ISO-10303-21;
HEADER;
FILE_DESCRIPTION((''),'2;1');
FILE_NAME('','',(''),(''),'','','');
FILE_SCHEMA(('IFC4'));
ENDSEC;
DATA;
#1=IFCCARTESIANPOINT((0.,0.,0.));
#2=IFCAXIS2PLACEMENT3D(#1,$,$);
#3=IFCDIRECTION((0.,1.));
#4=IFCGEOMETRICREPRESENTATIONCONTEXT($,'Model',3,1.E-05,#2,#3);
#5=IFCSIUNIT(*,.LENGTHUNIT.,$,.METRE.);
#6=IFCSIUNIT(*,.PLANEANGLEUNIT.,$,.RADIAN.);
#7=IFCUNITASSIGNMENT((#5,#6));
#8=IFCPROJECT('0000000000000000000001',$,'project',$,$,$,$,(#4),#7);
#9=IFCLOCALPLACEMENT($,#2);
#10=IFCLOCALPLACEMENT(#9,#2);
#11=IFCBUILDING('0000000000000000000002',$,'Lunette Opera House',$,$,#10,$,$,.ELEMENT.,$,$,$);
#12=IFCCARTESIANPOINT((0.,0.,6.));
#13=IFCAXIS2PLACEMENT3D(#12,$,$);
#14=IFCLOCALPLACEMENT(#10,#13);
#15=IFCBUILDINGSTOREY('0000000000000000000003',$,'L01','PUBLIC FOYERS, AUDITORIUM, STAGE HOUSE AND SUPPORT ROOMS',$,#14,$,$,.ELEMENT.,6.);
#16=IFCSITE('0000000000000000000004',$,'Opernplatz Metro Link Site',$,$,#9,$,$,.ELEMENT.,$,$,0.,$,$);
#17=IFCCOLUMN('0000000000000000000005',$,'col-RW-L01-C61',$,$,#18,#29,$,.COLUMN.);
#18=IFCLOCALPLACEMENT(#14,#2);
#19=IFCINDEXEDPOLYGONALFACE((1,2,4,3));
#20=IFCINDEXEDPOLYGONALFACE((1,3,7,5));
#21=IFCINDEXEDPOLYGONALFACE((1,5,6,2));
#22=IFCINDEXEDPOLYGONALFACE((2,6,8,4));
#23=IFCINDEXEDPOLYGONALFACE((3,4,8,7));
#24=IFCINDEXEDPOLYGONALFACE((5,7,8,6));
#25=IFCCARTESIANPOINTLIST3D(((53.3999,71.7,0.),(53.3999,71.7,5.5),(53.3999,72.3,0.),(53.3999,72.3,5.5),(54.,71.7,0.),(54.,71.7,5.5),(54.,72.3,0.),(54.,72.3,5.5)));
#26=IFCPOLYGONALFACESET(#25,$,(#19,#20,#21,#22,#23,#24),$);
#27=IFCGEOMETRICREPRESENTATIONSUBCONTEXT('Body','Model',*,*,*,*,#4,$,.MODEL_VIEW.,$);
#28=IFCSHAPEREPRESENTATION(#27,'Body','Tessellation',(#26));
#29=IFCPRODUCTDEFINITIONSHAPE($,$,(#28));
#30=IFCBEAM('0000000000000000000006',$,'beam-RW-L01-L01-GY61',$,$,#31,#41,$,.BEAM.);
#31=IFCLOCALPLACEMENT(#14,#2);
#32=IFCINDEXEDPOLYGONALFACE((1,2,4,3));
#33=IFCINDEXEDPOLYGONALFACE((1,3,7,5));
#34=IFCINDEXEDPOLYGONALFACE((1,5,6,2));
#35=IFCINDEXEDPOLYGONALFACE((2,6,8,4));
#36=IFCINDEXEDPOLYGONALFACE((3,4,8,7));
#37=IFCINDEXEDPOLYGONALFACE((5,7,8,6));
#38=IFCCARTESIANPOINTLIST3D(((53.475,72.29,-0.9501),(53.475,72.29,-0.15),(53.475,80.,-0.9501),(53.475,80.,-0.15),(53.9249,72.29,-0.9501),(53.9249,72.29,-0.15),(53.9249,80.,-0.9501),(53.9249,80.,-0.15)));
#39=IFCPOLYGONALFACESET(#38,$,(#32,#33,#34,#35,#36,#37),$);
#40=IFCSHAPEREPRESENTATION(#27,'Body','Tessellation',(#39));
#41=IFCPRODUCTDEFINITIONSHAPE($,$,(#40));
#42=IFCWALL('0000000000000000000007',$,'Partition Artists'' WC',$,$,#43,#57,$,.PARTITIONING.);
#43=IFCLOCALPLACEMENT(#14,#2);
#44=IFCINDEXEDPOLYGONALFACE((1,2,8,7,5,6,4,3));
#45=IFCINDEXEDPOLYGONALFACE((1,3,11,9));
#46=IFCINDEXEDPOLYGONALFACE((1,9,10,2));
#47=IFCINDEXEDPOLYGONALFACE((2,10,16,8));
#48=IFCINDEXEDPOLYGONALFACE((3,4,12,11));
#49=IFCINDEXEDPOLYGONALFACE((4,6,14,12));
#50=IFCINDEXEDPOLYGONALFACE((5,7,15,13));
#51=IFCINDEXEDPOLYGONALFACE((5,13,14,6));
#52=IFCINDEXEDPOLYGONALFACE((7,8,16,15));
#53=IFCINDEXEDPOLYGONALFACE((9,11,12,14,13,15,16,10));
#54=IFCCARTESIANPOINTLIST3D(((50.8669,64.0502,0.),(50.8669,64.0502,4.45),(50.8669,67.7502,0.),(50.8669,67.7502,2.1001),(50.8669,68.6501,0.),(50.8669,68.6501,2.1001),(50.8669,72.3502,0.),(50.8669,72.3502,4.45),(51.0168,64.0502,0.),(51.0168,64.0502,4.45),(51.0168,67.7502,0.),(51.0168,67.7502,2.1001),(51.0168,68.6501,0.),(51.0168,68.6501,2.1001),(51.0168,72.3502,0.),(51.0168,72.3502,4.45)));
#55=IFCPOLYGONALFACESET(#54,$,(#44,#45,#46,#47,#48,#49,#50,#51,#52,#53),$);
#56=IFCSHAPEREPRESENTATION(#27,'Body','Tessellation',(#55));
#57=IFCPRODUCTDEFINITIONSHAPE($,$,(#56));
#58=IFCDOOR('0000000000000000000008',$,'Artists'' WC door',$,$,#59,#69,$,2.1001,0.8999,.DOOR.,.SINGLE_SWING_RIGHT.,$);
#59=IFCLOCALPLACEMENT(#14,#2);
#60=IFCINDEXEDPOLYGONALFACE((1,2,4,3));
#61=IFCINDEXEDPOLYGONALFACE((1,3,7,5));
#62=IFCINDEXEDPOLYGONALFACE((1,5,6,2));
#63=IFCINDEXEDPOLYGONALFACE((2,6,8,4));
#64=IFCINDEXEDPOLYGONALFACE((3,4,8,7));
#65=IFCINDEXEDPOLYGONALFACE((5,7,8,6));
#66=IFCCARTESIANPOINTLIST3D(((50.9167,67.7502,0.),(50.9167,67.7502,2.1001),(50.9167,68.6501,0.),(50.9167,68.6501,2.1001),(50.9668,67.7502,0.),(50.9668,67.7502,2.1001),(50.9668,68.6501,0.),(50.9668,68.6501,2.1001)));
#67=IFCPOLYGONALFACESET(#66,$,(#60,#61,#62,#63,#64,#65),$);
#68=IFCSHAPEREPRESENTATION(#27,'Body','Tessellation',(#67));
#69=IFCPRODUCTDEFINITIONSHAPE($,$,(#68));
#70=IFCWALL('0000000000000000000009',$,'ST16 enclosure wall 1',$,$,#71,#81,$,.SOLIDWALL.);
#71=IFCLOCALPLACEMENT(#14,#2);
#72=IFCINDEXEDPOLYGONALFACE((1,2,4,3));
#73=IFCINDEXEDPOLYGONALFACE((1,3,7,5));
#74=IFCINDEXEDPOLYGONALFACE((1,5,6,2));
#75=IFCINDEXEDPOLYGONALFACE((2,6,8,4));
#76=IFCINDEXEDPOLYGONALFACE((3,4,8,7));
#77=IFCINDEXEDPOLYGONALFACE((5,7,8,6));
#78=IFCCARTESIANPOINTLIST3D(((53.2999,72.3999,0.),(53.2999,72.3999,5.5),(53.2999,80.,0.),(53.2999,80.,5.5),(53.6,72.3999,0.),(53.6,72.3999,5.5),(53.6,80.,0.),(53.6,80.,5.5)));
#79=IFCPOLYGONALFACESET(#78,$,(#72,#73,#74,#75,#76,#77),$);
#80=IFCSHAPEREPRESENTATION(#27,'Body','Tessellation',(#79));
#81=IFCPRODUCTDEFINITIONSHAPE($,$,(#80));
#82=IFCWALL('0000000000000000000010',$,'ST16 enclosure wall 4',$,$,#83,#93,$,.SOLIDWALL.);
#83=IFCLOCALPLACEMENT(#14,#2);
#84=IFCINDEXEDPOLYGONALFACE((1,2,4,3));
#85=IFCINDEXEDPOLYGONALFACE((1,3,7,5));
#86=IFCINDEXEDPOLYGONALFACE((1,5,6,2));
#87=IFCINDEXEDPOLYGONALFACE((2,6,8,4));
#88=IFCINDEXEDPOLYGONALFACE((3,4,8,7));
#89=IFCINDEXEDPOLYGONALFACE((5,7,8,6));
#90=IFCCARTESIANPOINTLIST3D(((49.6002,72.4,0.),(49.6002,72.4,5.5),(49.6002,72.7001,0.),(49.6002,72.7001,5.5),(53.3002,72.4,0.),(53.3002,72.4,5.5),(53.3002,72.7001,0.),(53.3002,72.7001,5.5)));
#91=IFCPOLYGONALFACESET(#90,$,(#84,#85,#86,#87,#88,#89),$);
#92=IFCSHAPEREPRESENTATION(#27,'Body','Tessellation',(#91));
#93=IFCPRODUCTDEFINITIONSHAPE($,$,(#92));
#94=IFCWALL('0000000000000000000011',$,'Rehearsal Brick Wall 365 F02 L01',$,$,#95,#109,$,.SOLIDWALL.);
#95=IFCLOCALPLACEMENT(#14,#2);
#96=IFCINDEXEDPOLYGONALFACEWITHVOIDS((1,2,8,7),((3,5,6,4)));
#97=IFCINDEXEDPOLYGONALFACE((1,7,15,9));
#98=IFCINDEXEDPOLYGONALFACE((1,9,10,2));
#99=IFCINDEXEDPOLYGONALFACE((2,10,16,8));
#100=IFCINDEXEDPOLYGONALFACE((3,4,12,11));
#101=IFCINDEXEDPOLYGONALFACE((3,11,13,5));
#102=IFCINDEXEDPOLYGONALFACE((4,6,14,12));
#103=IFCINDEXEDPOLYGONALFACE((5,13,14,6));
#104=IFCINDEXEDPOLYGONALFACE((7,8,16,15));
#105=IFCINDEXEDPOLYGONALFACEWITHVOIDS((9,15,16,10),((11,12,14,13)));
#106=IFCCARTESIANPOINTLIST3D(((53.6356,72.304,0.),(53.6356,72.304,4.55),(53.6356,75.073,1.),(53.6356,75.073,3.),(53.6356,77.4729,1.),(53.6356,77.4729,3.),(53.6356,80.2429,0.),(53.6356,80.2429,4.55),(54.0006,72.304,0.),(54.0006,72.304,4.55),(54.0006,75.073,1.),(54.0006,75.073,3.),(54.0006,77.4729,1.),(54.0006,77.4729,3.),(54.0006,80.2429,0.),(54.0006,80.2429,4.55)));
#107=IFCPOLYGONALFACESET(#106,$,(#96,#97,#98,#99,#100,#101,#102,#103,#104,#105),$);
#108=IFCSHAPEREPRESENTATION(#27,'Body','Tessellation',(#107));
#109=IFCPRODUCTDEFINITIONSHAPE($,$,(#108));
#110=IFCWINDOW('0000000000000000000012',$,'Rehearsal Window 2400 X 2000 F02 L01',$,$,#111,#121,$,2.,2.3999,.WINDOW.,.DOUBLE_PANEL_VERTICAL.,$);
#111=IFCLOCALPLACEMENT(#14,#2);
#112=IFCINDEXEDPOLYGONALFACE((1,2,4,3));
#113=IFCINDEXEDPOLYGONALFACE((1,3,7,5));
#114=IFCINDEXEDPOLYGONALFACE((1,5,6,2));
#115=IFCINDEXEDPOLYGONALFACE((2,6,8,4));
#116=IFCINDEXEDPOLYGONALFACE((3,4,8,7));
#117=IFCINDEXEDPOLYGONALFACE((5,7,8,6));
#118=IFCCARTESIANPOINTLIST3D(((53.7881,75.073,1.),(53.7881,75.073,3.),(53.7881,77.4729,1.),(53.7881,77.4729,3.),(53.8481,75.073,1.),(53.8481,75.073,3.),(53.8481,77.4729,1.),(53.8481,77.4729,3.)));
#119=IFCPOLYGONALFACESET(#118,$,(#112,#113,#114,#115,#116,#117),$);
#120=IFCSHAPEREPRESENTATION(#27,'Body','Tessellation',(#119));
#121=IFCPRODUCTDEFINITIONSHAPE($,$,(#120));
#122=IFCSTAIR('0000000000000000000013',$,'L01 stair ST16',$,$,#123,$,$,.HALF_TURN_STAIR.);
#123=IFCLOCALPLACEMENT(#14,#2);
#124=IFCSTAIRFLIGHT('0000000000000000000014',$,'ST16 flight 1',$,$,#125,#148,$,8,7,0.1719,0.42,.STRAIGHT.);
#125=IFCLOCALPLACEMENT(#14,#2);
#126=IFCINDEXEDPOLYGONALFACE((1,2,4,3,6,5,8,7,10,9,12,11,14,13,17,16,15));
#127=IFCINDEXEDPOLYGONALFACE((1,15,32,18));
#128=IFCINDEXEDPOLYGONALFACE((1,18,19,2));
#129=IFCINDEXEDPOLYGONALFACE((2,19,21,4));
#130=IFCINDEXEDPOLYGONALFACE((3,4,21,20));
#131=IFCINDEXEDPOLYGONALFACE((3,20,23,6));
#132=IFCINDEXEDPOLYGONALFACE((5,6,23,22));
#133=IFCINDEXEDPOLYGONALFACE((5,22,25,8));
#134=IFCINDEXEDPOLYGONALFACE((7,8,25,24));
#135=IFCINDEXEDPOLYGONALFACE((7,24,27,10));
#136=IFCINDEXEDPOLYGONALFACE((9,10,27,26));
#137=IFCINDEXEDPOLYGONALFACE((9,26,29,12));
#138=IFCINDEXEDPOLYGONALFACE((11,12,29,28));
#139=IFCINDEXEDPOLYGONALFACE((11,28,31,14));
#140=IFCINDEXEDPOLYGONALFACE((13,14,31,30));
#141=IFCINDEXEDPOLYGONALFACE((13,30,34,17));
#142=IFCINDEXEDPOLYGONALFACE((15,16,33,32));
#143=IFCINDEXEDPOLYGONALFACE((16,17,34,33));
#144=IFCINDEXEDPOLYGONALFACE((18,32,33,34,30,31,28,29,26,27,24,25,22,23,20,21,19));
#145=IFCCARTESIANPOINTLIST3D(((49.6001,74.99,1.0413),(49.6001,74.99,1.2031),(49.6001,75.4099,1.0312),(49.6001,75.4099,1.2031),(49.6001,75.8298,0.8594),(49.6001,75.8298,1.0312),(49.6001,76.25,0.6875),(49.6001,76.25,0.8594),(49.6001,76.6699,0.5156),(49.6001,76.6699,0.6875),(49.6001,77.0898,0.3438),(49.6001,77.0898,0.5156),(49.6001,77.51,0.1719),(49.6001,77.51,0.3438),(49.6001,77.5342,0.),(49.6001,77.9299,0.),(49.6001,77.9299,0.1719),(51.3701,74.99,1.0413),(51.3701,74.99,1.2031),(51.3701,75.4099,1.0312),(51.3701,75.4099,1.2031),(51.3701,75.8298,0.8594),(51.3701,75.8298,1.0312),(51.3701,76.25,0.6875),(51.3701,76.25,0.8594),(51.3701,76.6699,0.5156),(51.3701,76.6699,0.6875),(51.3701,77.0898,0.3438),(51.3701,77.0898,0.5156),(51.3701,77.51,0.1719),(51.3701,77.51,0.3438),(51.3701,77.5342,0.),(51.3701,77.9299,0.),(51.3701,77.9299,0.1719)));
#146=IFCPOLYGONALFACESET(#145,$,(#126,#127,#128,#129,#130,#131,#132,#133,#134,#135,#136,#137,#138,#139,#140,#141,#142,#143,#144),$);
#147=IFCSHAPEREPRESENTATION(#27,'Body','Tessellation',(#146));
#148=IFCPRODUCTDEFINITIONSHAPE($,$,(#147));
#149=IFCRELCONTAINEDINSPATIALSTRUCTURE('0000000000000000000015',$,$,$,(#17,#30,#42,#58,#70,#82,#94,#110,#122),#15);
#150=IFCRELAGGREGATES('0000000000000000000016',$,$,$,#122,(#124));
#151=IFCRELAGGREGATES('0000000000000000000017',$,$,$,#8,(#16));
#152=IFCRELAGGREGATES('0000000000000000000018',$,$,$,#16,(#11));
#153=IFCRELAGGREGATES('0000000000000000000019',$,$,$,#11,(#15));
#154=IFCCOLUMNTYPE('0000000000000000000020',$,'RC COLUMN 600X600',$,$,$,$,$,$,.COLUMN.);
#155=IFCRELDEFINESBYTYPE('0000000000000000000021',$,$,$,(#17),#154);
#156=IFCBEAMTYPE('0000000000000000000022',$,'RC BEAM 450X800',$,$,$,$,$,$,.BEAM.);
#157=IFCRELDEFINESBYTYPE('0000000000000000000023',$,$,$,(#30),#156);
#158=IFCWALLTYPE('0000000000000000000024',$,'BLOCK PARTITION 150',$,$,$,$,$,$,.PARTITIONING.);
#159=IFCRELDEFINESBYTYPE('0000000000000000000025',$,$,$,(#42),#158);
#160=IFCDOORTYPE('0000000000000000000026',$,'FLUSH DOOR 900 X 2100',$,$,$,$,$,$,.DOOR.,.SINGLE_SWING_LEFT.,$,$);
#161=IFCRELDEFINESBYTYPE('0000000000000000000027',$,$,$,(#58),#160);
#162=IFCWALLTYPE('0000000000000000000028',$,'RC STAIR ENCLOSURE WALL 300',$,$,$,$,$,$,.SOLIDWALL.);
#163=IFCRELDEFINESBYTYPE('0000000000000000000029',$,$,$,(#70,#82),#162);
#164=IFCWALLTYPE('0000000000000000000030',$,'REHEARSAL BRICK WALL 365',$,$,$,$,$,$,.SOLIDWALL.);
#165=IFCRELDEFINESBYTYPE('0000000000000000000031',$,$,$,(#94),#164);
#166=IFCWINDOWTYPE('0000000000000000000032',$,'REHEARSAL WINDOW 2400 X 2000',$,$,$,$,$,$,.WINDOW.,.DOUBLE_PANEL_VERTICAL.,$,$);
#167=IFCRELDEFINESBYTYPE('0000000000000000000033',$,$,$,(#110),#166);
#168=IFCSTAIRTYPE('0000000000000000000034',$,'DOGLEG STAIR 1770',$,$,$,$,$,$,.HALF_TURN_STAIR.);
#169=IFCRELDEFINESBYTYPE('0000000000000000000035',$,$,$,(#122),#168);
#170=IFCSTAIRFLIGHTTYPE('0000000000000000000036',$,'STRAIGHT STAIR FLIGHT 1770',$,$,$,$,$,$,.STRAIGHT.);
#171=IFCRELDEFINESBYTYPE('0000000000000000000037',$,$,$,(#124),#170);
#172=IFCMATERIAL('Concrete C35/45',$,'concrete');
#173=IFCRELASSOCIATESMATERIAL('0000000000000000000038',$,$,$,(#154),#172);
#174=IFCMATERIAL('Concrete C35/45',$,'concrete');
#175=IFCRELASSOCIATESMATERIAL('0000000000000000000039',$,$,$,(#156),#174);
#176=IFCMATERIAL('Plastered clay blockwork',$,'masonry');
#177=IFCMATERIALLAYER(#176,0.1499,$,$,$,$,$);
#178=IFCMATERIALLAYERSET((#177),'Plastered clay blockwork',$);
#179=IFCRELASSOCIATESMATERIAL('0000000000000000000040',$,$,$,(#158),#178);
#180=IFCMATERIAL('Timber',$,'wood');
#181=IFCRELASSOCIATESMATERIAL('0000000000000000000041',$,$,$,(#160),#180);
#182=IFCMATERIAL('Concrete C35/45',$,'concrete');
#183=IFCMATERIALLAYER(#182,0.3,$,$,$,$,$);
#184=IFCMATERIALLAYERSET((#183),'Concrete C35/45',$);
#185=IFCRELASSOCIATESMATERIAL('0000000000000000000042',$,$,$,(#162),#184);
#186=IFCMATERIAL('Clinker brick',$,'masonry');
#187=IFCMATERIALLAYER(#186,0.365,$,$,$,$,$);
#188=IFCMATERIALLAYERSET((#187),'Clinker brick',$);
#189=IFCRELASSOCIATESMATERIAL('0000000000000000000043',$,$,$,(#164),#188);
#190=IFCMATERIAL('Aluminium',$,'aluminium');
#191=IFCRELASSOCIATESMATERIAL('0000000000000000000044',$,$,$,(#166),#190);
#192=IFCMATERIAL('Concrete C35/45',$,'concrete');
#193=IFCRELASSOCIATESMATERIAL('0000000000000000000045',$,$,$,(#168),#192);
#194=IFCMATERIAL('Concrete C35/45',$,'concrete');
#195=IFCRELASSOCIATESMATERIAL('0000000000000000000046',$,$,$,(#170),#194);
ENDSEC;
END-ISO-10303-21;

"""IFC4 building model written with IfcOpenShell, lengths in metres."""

from ifc_helpers import new_model, si_unit, direction, frame, frame_2d, origin, origin_2d, place, context, subcontext, project, spatial, polyline, rectangle, outline, extrude, material, layer, layer_set, material_profile, profile_set, type_object, element, fill, aggregate, save


model = new_model("IFC4")

# Units and contexts
model_context = context("Model", 3, precision=1e-05, world=origin(), true_north=direction((0.0, 1.0)))
body_context = subcontext(model_context, "Body", "Model", "MODEL_VIEW")
ifc_project = project(units=[si_unit("LENGTHUNIT", "METRE"), si_unit("PLANEANGLEUNIT", "RADIAN")], contexts=[model_context])

# Site, building, storey
site_placement = place(None, origin())
site = spatial("IfcSite", under=ifc_project, at=site_placement, Name="Opernplatz Metro Link Site", CompositionType="ELEMENT", RefElevation=0.0)
building_placement = place(site_placement, origin())
building = spatial("IfcBuilding", under=site, at=building_placement, Name="Lunette Opera House", CompositionType="ELEMENT")
storey_placement = place(building_placement, frame((0.0, 0.0, 6.0)))
storey = spatial("IfcBuildingStorey", under=building, at=storey_placement, Name="L01", Description="PUBLIC FOYERS, AUDITORIUM, STAGE HOUSE AND SUPPORT ROOMS", CompositionType="ELEMENT", Elevation=6.0)

# Column
ifc_material_1 = material(Name="Concrete C35/45", Category="concrete")
ifc_material_profile_1 = material_profile(ifc_material_1, rectangle(XDim=0.6001, YDim=0.6001, at=origin_2d()), Name="RC COLUMN 600X600")
ifc_profile_set_1 = profile_set([ifc_material_profile_1], Name="Concrete C35/45")
column_type = type_object("IfcColumnType", Name="RC COLUMN 600X600", PredefinedType="COLUMN", material=ifc_profile_set_1)
column_placement = place(storey_placement, frame((53.7, 72.0, 0.0), z_axis=(0.0, 0.0, 1.0), x_axis=(1.0, 0.0, 0.0)))
element("IfcColumn", 1, at=column_placement, inside=storey, type_object=column_type, Name="col-RW-L01-C61", PredefinedType="COLUMN", context=body_context, shape_type="SweptSolid", body=[
    extrude(rectangle(XDim=0.6001, YDim=0.6001, at=origin_2d()), origin(), (0.0, 0.0, 1.0), 5.5),
])

# Beam
ifc_material_2 = material(Name="Concrete C35/45", Category="concrete")
ifc_material_profile_2 = material_profile(ifc_material_2, rectangle(XDim=0.45, YDim=0.8, at=origin_2d()), Name="RC BEAM 450X800")
ifc_profile_set_2 = profile_set([ifc_material_profile_2], Name="Concrete C35/45")
beam_type = type_object("IfcBeamType", Name="RC BEAM 450X800", PredefinedType="BEAM", material=ifc_profile_set_2)
beam_placement = place(storey_placement, frame((53.7, 72.29, -0.55), z_axis=(0.0, 1.0, 0.0), x_axis=(-1.0, 0.0, 0.0)))
element("IfcBeam", 2, at=beam_placement, inside=storey, type_object=beam_type, Name="beam-RW-L01-L01-GY61", PredefinedType="BEAM", context=body_context, shape_type="SweptSolid", body=[
    extrude(rectangle(XDim=0.45, YDim=0.8, at=origin_2d()), origin(), (0.0, 0.0, 1.0), 7.71),
])

# Wall, opening, door
ifc_material_3 = material(Name="Plastered clay blockwork", Category="masonry")
ifc_layer_1 = layer(ifc_material_3, 0.1499)
ifc_layer_set_1 = layer_set([ifc_layer_1], Name="Plastered clay blockwork")
wall_type_1 = type_object("IfcWallType", Name="BLOCK PARTITION 150", PredefinedType="PARTITIONING", material=ifc_layer_set_1)
wall_1_placement = place(storey_placement, frame((50.9419, 72.3501, 0.0), z_axis=(0.0, 0.0, 1.0), x_axis=(0.0, -1.0, 0.0)))
wall_1 = element("IfcWall", 3, at=wall_1_placement, inside=storey, type_object=wall_type_1, Name="Partition Artists' WC", PredefinedType="PARTITIONING", context=body_context, shape_type="SweptSolid", body=[
    extrude(rectangle(XDim=8.3, YDim=0.1499, at=frame_2d((4.1499, 0.0))), origin(), (0.0, 0.0, 1.0), 4.45),
])
opening_1_placement = place(wall_1_placement, frame((3.7, 0.0, 0.0)))
opening_1 = element("IfcOpeningElement", 4, at=opening_1_placement, cuts=wall_1, PredefinedType="OPENING", context=body_context, shape_type="SweptSolid", body=[
    extrude(rectangle(XDim=0.8999, YDim=2.1001, at=frame_2d((0.45, 1.05))), frame((0.0, 0.0869, 0.0), z_axis=(0.0, -1.0, 0.0), x_axis=(1.0, 0.0, 0.0)), (0.0, 0.0, 1.0), 0.1738),
])
ifc_material_4 = material(Name="Timber", Category="wood")
door_type = type_object("IfcDoorType", Name="FLUSH DOOR 900 X 2100", OperationType="SINGLE_SWING_LEFT", PredefinedType="DOOR", material=ifc_material_4)
door_placement = place(opening_1_placement, origin())
door = element("IfcDoor", 5, at=door_placement, inside=storey, type_object=door_type, Name="Artists' WC door", OperationType="SINGLE_SWING_RIGHT", OverallHeight=2.1001, OverallWidth=0.8999, PredefinedType="DOOR", context=body_context, shape_type="SweptSolid", body=[
    extrude(rectangle(XDim=0.8999, YDim=2.1001, at=frame_2d((0.45, 1.05))), frame((0.0, 0.0249, 0.0), z_axis=(0.0, -1.0, 0.0), x_axis=(1.0, 0.0, 0.0)), (0.0, 0.0, 1.0), 0.05),
])
fill(opening_1, door)

# Walls
ifc_material_5 = material(Name="Concrete C35/45", Category="concrete")
ifc_layer_2 = layer(ifc_material_5, 0.3)
ifc_layer_set_2 = layer_set([ifc_layer_2], Name="Concrete C35/45")
wall_type_2 = type_object("IfcWallType", Name="RC STAIR ENCLOSURE WALL 300", PredefinedType="SOLIDWALL", material=ifc_layer_set_2)
wall_2_placement = place(storey_placement, frame((53.45, 72.3999, 0.0), z_axis=(0.0, 0.0, 1.0), x_axis=(0.0, 1.0, 0.0)))
element("IfcWall", 6, at=wall_2_placement, inside=storey, type_object=wall_type_2, Name="ST16 enclosure wall 1", PredefinedType="SOLIDWALL", context=body_context, shape_type="SweptSolid", body=[
    extrude(rectangle(XDim=7.6001, YDim=0.3, at=frame_2d((3.8, 0.0))), origin(), (0.0, 0.0, 1.0), 5.5),
])
wall_3_placement = place(storey_placement, frame((49.6001, 72.55, 0.0), z_axis=(0.0, 0.0, 1.0), x_axis=(1.0, 0.0, 0.0)))
element("IfcWall", 7, at=wall_3_placement, inside=storey, type_object=wall_type_2, Name="ST16 enclosure wall 4", PredefinedType="SOLIDWALL", context=body_context, shape_type="SweptSolid", body=[
    extrude(rectangle(XDim=3.7, YDim=0.3, at=frame_2d((1.8501, 0.0))), origin(), (0.0, 0.0, 1.0), 5.5),
])

# Wall, opening, window
ifc_material_6 = material(Name="Clinker brick", Category="masonry")
ifc_layer_3 = layer(ifc_material_6, 0.365)
ifc_layer_set_3 = layer_set([ifc_layer_3], Name="Clinker brick")
wall_type_3 = type_object("IfcWallType", Name="REHEARSAL BRICK WALL 365", PredefinedType="SOLIDWALL", material=ifc_layer_set_3)
wall_4_placement = place(storey_placement, frame((53.8181, 72.304, 0.0), z_axis=(0.0, 0.0, 1.0), x_axis=(0.0, 1.0, 0.0)))
wall_4 = element("IfcWall", 8, at=wall_4_placement, inside=storey, type_object=wall_type_3, Name="Rehearsal Brick Wall 365 F02 L01", PredefinedType="SOLIDWALL", context=body_context, shape_type="SweptSolid", body=[
    extrude(rectangle(XDim=7.939, YDim=0.365, at=frame_2d((3.9695, 0.0))), origin(), (0.0, 0.0, 1.0), 4.55),
])
opening_2_placement = place(wall_4_placement, frame((2.769, 0.0, 1.0)))
opening_2 = element("IfcOpeningElement", 9, at=opening_2_placement, cuts=wall_4, PredefinedType="OPENING", context=body_context, shape_type="SweptSolid", body=[
    extrude(rectangle(XDim=2.3999, YDim=2.0, at=frame_2d((1.2, 1.0))), frame((0.0, 0.1946, 0.0), z_axis=(0.0, -1.0, 0.0), x_axis=(1.0, 0.0, 0.0)), (0.0, 0.0, 1.0), 0.3889),
])
ifc_material_7 = material(Name="Aluminium", Category="aluminium")
window_type = type_object("IfcWindowType", Name="REHEARSAL WINDOW 2400 X 2000", PartitioningType="DOUBLE_PANEL_VERTICAL", PredefinedType="WINDOW", material=ifc_material_7)
window_placement = place(opening_2_placement, origin())
window = element("IfcWindow", 10, at=window_placement, inside=storey, type_object=window_type, Name="Rehearsal Window 2400 X 2000 F02 L01", OverallHeight=2.0, OverallWidth=2.3999, PartitioningType="DOUBLE_PANEL_VERTICAL", PredefinedType="WINDOW", context=body_context, shape_type="SweptSolid", body=[
    extrude(rectangle(XDim=2.3999, YDim=2.0, at=frame_2d((1.2, 1.0))), frame((0.0, 0.03, 0.0), z_axis=(0.0, -1.0, 0.0), x_axis=(1.0, 0.0, 0.0)), (0.0, 0.0, 1.0), 0.0601),
])
fill(opening_2, window)

# Stair, stair flight
ifc_material_8 = material(Name="Concrete C35/45", Category="concrete")
stair_type = type_object("IfcStairType", Name="DOGLEG STAIR 1770", PredefinedType="HALF_TURN_STAIR", material=ifc_material_8)
stair_placement = place(storey_placement, origin())
stair = element("IfcStair", 11, at=stair_placement, inside=storey, type_object=stair_type, Name="L01 stair ST16", PredefinedType="HALF_TURN_STAIR")
ifc_material_9 = material(Name="Concrete C35/45", Category="concrete")
stair_flight_type = type_object("IfcStairFlightType", Name="STRAIGHT STAIR FLIGHT 1770", PredefinedType="STRAIGHT", material=ifc_material_9)
stair_flight_1_placement = place(storey_placement, frame((50.4851, 77.9299, 0.0), z_axis=(0.0, 0.0, 1.0), x_axis=(0.0, -1.0, 0.0)))
stair_flight_1 = element("IfcStairFlight", 12, at=stair_flight_1_placement, type_object=stair_flight_type, Name="ST16 flight 1", NumberOfRisers=8, NumberOfTreads=7, PredefinedType="STRAIGHT", RiserHeight=0.1719, TreadLength=0.42, context=body_context, shape_type="SweptSolid", body=[
    extrude(outline(polyline([(0.0, 0.0), (0.0, 0.1719), (0.4199, 0.1719), (0.4199, 0.3438), (0.8401, 0.3438), (0.8401, 0.5156), (1.26, 0.5156), (1.26, 0.6875), (1.6799, 0.6875), (1.6799, 0.8594), (2.1001, 0.8594), (2.1001, 1.0312), (2.52, 1.0312), (2.52, 1.2031), (2.9399, 1.2031), (2.9399, 1.375), (2.9399, 1.0413), (0.3958, 0.0), (0.0, 0.0)])), frame((0.0, 0.885, 0.0), z_axis=(0.0, -1.0, 0.0), x_axis=(1.0, 0.0, 0.0)), (0.0, 0.0, 1.0), 1.77),
])
aggregate(stair, [stair_flight_1])

save(model, "model.ifc")
